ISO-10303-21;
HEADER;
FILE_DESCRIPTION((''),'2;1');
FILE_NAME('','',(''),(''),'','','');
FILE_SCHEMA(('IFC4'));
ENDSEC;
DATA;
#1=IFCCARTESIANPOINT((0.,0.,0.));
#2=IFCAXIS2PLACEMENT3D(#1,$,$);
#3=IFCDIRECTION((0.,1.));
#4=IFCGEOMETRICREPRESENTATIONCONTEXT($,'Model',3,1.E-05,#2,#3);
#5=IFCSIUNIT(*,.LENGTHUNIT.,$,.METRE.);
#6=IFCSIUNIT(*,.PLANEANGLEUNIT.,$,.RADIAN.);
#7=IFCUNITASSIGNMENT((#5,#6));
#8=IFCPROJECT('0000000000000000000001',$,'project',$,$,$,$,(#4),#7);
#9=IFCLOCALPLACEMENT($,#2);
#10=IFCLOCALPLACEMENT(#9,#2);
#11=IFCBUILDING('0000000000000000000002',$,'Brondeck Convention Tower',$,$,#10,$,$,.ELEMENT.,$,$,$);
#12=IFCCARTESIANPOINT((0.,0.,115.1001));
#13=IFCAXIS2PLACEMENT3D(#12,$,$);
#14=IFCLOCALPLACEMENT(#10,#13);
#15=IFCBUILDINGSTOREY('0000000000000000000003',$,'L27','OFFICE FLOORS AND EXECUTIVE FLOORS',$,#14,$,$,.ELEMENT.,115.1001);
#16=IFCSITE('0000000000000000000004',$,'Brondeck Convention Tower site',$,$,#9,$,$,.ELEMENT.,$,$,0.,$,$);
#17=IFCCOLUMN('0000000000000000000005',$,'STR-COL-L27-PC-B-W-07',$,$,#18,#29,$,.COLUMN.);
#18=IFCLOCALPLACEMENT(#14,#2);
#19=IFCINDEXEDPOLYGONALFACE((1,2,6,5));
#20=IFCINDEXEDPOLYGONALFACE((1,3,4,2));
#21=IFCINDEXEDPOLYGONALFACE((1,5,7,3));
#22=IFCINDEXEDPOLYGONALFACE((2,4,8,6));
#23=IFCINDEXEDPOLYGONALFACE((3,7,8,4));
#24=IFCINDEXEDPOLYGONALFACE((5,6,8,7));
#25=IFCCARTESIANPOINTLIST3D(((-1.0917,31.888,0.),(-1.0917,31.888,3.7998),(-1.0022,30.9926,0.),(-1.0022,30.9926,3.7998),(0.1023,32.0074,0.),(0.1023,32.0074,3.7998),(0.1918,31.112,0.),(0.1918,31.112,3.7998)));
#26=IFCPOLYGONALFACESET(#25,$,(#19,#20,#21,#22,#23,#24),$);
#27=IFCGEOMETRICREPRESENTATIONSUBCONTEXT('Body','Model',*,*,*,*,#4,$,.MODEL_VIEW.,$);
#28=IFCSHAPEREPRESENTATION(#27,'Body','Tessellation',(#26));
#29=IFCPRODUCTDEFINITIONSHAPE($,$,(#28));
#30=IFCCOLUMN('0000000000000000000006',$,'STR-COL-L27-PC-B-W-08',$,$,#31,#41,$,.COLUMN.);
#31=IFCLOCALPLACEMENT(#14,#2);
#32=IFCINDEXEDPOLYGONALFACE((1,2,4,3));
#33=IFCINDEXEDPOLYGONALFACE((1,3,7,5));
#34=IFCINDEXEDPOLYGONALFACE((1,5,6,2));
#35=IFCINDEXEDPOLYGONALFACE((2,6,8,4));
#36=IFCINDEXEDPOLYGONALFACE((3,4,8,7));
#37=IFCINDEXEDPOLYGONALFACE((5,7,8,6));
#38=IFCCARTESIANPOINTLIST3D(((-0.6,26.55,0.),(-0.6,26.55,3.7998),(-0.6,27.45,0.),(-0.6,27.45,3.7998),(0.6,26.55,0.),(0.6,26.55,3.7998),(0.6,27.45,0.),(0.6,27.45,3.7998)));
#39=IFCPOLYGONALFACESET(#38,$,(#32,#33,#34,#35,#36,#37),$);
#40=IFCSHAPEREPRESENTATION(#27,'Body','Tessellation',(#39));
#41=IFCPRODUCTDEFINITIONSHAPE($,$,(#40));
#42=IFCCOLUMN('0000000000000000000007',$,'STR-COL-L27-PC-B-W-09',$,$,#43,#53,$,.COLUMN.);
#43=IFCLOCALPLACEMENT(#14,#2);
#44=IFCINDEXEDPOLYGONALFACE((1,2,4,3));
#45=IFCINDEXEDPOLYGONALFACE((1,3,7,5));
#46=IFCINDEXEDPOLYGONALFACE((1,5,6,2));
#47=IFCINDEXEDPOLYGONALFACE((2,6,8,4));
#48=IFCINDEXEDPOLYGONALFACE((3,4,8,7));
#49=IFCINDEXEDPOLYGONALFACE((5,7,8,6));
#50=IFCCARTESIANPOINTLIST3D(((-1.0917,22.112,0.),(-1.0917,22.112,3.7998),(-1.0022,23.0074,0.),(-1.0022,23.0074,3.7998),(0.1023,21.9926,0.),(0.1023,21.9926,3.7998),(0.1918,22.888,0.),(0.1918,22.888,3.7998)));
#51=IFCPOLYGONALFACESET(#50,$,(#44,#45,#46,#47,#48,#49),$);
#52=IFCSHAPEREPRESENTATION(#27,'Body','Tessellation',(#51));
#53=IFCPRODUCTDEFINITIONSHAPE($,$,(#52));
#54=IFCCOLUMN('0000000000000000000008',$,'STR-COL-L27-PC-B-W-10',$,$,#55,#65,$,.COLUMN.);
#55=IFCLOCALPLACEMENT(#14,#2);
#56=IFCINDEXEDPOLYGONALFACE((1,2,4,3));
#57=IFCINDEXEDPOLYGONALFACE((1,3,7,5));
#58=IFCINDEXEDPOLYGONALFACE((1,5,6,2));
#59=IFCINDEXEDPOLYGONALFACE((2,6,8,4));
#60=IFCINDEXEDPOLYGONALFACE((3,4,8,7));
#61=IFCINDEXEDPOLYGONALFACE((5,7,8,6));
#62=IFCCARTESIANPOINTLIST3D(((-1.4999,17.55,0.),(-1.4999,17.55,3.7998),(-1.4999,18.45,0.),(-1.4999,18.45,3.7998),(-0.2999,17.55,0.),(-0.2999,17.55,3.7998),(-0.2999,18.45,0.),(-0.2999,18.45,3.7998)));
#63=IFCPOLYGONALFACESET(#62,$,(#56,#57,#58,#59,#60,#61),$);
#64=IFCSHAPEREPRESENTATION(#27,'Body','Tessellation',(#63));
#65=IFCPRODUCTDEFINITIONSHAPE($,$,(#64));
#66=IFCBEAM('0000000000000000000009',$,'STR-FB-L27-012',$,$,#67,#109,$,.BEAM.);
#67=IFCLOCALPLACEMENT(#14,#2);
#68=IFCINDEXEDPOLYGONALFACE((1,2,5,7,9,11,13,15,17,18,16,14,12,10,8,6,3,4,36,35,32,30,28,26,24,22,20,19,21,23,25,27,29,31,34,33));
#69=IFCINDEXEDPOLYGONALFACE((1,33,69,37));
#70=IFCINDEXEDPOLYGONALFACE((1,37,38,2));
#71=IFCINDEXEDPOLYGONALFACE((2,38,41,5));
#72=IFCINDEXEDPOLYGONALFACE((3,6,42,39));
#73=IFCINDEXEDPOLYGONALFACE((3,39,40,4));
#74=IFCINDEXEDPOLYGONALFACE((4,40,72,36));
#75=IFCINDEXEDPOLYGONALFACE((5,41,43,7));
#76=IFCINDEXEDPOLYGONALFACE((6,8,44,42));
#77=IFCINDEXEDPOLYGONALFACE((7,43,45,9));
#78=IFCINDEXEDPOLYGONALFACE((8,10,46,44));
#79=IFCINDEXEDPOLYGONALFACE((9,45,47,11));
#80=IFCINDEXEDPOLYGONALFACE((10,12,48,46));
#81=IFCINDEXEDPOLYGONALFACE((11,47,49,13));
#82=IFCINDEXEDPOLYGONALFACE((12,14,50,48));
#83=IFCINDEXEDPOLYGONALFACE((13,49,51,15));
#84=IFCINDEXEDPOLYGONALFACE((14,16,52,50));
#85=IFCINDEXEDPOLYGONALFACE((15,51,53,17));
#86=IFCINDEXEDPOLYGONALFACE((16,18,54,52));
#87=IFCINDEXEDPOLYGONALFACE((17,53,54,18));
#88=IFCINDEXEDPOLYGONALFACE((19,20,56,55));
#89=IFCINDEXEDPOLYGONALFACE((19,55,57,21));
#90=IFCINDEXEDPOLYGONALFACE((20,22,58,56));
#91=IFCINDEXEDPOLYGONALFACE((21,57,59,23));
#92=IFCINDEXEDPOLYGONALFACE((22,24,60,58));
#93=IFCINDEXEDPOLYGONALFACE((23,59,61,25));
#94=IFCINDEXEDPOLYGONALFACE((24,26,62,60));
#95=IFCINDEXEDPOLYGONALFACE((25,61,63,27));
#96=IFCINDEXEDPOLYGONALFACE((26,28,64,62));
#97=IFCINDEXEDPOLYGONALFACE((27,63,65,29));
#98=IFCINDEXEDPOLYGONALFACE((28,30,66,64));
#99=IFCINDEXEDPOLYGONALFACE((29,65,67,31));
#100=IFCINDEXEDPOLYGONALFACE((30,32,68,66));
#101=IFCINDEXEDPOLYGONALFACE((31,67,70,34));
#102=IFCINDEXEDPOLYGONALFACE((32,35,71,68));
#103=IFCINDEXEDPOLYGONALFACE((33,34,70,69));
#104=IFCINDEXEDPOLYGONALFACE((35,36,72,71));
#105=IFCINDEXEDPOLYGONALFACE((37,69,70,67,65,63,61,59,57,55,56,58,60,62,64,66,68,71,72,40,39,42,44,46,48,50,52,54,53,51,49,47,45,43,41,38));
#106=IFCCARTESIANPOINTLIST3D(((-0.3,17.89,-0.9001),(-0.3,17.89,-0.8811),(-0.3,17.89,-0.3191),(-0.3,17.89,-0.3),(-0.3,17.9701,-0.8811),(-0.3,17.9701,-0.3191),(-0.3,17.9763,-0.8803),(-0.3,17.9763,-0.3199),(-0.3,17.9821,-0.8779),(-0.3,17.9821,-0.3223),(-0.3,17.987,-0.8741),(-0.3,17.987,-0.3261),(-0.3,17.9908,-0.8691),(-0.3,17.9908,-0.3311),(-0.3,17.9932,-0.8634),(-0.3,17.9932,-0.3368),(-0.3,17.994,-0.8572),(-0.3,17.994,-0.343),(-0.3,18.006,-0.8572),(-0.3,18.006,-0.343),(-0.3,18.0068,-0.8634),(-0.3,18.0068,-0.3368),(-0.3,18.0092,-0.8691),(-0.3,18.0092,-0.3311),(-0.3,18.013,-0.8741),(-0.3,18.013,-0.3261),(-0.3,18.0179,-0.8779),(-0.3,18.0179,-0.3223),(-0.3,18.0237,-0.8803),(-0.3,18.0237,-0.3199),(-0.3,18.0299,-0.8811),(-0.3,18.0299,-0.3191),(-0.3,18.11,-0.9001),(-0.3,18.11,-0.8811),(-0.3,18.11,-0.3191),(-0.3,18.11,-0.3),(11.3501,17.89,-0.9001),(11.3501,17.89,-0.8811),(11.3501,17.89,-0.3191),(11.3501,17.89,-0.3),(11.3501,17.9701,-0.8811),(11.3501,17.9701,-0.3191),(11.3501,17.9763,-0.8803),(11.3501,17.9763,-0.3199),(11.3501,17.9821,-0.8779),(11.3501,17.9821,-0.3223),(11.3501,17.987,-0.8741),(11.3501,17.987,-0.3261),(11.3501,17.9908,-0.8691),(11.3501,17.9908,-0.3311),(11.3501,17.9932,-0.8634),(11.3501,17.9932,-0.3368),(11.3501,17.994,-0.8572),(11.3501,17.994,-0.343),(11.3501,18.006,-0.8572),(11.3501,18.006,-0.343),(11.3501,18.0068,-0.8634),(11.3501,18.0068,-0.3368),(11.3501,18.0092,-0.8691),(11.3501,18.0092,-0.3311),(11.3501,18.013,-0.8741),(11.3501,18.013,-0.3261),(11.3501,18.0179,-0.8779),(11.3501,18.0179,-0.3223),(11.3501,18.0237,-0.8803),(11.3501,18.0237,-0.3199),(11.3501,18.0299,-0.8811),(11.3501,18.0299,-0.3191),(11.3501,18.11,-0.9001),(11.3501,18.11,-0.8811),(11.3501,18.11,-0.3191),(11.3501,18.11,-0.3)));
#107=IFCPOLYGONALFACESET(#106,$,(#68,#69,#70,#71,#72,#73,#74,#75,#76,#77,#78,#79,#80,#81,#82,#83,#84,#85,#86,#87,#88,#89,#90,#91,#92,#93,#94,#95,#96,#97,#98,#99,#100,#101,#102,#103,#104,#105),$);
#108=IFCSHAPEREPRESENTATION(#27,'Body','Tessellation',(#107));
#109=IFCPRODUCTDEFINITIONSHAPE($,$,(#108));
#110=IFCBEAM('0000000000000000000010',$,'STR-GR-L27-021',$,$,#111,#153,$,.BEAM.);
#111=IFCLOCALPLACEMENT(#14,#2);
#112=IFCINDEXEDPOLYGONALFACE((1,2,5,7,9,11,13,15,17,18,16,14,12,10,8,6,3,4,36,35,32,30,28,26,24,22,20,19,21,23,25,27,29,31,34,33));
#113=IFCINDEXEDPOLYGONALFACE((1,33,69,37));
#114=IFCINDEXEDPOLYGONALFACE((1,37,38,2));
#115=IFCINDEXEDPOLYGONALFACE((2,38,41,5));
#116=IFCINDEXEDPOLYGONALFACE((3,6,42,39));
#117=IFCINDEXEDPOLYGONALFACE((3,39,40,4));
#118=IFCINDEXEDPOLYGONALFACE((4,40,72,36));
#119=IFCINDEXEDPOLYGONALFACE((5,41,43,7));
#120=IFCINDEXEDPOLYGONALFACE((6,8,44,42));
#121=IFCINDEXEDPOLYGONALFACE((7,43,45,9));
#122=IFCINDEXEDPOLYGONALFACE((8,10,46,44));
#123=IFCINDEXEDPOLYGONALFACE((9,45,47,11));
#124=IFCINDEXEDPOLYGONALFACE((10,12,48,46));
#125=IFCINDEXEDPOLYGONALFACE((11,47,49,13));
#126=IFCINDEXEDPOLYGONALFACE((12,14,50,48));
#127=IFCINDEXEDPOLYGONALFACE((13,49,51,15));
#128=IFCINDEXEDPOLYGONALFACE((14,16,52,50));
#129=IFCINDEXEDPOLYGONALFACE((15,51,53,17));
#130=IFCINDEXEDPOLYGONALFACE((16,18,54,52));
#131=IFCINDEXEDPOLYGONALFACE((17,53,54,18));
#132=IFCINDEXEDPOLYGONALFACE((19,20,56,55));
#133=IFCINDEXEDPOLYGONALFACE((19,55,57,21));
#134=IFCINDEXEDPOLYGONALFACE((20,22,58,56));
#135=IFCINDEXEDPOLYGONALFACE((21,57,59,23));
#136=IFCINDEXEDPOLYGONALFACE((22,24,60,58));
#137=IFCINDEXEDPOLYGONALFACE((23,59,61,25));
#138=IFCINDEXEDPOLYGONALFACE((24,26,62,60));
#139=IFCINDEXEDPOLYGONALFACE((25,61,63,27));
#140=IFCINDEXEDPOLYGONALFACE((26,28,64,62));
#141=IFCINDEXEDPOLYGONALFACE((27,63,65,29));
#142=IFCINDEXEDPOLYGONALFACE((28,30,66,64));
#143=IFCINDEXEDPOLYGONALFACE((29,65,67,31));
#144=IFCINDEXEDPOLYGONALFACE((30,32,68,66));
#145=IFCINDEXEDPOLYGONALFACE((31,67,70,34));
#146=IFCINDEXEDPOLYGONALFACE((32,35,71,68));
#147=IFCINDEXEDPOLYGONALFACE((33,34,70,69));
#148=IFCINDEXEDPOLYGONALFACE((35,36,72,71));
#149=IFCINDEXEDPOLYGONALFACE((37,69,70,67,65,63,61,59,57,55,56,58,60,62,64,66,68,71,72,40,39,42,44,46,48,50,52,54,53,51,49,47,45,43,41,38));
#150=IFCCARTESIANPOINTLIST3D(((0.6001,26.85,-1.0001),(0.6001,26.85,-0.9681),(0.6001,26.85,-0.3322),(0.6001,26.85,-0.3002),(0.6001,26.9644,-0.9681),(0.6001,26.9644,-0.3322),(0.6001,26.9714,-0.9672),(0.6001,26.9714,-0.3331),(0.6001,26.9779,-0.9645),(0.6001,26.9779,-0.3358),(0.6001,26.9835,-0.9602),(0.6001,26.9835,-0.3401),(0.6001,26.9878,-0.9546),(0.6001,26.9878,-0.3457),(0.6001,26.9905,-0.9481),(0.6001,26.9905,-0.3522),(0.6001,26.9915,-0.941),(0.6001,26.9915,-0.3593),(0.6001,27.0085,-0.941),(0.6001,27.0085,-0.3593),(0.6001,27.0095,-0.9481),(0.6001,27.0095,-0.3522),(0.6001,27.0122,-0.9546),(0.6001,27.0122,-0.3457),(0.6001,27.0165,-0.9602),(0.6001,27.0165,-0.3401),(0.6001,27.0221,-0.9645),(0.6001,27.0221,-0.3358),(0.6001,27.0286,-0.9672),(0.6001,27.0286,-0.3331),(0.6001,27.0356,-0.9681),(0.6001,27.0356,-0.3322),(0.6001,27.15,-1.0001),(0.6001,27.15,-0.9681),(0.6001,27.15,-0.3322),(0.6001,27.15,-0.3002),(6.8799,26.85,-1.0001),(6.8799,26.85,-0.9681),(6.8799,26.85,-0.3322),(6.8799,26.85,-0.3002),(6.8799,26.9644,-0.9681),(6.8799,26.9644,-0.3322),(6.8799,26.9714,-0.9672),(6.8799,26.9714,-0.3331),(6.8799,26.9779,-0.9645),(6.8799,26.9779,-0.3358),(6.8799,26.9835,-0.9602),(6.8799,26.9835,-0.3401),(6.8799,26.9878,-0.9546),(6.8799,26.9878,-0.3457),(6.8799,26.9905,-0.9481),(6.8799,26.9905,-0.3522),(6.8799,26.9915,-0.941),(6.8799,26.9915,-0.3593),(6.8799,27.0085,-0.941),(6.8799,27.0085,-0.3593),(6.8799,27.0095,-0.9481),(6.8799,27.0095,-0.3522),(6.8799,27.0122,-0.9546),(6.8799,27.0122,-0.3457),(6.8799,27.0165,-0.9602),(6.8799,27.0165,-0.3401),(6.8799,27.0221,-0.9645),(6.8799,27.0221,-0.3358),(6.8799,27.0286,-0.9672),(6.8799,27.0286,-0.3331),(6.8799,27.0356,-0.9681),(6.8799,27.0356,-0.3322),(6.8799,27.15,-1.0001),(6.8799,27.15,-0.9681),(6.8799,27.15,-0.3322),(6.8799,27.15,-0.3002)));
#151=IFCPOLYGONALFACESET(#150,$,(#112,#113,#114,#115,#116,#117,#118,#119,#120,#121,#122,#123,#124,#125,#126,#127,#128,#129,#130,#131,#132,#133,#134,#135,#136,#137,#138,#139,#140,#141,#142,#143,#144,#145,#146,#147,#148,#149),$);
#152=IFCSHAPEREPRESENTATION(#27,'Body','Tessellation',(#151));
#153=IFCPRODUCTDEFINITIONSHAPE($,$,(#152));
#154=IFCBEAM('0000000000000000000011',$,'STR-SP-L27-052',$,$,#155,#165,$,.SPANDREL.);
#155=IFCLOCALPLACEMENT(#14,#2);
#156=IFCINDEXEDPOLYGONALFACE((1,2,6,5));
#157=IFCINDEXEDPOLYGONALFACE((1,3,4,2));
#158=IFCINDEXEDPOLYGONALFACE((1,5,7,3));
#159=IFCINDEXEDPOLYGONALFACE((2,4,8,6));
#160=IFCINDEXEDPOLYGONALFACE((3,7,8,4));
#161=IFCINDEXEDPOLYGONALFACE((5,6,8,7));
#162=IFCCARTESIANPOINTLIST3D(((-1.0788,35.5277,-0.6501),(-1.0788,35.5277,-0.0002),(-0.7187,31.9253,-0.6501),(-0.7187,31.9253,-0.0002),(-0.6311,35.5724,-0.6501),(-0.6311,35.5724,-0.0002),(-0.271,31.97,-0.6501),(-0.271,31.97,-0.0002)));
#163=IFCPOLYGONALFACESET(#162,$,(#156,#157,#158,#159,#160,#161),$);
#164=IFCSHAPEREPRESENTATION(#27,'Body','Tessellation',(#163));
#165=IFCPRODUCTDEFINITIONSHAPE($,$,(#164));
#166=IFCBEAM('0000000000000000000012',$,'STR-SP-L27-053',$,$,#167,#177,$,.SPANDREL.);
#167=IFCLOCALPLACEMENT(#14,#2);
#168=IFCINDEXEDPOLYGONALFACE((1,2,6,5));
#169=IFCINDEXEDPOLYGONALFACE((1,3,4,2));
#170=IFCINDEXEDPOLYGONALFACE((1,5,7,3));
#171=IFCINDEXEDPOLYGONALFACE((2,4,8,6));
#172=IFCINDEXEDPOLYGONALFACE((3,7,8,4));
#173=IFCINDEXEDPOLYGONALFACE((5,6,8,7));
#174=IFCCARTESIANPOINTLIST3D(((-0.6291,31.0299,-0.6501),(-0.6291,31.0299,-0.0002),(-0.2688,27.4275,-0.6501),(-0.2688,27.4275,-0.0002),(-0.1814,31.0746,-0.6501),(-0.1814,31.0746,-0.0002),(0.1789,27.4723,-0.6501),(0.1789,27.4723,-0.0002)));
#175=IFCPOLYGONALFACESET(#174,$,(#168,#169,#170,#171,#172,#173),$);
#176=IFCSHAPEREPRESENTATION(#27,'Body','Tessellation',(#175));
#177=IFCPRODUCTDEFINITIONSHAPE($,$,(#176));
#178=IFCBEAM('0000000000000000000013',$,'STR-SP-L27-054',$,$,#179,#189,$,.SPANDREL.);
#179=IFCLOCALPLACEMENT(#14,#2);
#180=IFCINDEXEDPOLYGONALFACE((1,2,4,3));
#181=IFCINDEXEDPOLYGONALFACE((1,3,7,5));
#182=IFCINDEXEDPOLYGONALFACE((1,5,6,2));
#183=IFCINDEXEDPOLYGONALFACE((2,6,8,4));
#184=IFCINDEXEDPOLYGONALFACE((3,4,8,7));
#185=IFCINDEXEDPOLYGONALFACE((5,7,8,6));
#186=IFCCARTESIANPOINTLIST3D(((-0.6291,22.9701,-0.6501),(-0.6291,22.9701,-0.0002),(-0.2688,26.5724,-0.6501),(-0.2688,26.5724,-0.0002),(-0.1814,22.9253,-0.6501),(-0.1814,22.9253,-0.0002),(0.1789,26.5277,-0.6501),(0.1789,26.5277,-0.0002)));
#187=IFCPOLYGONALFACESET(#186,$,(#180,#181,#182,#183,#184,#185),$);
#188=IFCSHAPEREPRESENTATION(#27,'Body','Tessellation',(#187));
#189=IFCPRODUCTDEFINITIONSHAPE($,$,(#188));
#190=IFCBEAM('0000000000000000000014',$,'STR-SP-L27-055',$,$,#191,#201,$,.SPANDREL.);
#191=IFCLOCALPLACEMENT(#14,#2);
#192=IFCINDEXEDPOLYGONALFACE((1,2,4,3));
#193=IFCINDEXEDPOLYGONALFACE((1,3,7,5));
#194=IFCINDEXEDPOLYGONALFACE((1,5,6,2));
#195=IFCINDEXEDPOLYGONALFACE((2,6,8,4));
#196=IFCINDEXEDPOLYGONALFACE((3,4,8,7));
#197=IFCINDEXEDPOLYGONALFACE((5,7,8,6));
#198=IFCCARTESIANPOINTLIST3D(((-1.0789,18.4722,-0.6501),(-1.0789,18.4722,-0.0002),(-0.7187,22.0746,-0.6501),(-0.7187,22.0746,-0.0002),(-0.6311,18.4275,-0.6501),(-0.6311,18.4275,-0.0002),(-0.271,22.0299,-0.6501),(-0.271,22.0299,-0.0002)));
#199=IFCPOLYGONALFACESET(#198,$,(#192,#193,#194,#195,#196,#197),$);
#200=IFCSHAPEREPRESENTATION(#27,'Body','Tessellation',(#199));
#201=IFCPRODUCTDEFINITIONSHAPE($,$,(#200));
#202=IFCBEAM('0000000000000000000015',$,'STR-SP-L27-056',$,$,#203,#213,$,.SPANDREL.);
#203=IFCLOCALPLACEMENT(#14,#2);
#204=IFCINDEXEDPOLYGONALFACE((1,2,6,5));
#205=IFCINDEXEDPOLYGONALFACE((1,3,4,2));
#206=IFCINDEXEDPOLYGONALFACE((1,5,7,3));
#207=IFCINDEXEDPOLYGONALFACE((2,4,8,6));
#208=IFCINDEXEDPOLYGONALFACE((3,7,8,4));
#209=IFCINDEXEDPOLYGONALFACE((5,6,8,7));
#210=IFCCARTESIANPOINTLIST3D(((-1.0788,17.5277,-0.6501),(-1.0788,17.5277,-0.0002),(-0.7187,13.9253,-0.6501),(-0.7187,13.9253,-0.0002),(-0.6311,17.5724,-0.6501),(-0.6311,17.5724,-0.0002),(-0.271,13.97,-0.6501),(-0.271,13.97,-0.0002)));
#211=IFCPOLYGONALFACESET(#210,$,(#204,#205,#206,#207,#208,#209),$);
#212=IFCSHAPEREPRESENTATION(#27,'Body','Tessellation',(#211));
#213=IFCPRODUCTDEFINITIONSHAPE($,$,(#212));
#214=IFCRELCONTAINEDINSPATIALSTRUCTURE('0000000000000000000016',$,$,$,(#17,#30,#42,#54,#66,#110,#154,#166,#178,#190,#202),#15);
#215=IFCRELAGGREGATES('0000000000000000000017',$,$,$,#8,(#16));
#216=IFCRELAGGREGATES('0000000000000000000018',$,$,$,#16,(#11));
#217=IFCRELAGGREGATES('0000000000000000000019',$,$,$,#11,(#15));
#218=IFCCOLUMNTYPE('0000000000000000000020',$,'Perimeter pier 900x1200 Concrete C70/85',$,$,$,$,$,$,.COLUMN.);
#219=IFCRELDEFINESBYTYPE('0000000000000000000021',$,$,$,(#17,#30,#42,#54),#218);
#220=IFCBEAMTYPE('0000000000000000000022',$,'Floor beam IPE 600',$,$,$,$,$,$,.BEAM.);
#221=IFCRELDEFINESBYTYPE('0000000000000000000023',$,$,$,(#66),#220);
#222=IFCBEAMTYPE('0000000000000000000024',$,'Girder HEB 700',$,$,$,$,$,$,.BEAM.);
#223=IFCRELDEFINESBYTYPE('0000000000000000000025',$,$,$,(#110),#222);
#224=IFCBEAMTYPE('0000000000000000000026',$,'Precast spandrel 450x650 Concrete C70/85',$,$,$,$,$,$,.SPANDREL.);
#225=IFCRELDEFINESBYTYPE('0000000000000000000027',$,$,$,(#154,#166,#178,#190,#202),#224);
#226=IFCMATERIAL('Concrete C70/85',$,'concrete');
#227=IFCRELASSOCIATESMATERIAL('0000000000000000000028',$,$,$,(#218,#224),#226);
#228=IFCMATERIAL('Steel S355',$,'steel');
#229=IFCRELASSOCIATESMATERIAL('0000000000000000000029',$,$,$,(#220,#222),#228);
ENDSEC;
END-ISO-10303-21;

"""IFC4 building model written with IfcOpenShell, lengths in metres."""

from ifc_helpers import new_model, si_unit, direction, frame, origin, origin_2d, place, context, subcontext, project, spatial, rectangle, i_section, extrude, material, material_profile, profile_set, type_object, element, save


model = new_model("IFC4")

# Units and contexts
model_context = context("Model", 3, precision=1e-05, world=origin(), true_north=direction((0.0, 1.0)))
body_context = subcontext(model_context, "Body", "Model", "MODEL_VIEW")
ifc_project = project(units=[si_unit("LENGTHUNIT", "METRE"), si_unit("PLANEANGLEUNIT", "RADIAN")], contexts=[model_context])

# Site, building, storey
site_placement = place(None, origin())
site = spatial("IfcSite", under=ifc_project, at=site_placement, Name="Brondeck Convention Tower site", CompositionType="ELEMENT", RefElevation=0.0)
building_placement = place(site_placement, origin())
building = spatial("IfcBuilding", under=site, at=building_placement, Name="Brondeck Convention Tower", CompositionType="ELEMENT")
storey_placement = place(building_placement, frame((0.0, 0.0, 115.1001)))
storey = spatial("IfcBuildingStorey", under=building, at=storey_placement, Name="L27", Description="OFFICE FLOORS AND EXECUTIVE FLOORS", CompositionType="ELEMENT", Elevation=115.1001)

# Columns
ifc_material_1 = material(Name="Concrete C70/85", Category="concrete")
ifc_material_profile_1 = material_profile(ifc_material_1, rectangle(XDim=0.8999, YDim=1.2, at=origin_2d()), Name="Perimeter pier 900x1200 Concrete C70/85")
ifc_profile_set_1 = profile_set([ifc_material_profile_1], Name="Concrete C70/85")
column_type = type_object("IfcColumnType", Name="Perimeter pier 900x1200 Concrete C70/85", PredefinedType="COLUMN", material=ifc_profile_set_1)
for number, where, z_axis, x_axis, name in (
    (1, (-0.45, 31.5, 0.0), (0.0, 0.0, 1.0), (0.099504, -0.995037, 0.0), "STR-COL-L27-PC-B-W-07"),
    (2, (0.0, 27.0, 0.0), (0.0, 0.0, 1.0), (0.0, -1.0, 0.0), "STR-COL-L27-PC-B-W-08"),
    (3, (-0.45, 22.5, 0.0), (0.0, 0.0, 1.0), (-0.099504, -0.995037, 0.0), "STR-COL-L27-PC-B-W-09"),
    (4, (-0.8999, 18.0, 0.0), (0.0, 0.0, 1.0), (0.0, -1.0, 0.0), "STR-COL-L27-PC-B-W-10"),
):
    element("IfcColumn", number, at=place(storey_placement, frame(where, z_axis=z_axis, x_axis=x_axis)), inside=storey, type_object=column_type, Name=name, PredefinedType="COLUMN", context=body_context, shape_type="SweptSolid", body=[
        extrude(rectangle(XDim=0.8999, YDim=1.2, at=origin_2d()), origin(), (0.0, 0.0, 1.0), 3.7998),
    ])

# Beams
ifc_material_2 = material(Name="Steel S355", Category="steel")
ifc_material_profile_2 = material_profile(ifc_material_2, i_section(OverallWidth=0.22, OverallDepth=0.6001, WebThickness=0.012, FlangeThickness=0.019, FilletRadius=0.0239, at=origin_2d()), Name="IPE 600")
ifc_profile_set_2 = profile_set([ifc_material_profile_2], Name="Steel S355")
beam_type_1 = type_object("IfcBeamType", Name="Floor beam IPE 600", PredefinedType="BEAM", material=ifc_profile_set_2)
beam_1_placement = place(storey_placement, frame((-0.3, 18.0, -0.6001), z_axis=(1.0, 0.0, 0.0), x_axis=(0.0, 1.0, 0.0)))
element("IfcBeam", 5, at=beam_1_placement, inside=storey, type_object=beam_type_1, Name="STR-FB-L27-012", PredefinedType="BEAM", context=body_context, shape_type="SweptSolid", body=[
    extrude(i_section(OverallWidth=0.22, OverallDepth=0.6001, WebThickness=0.012, FlangeThickness=0.019, FilletRadius=0.0239, at=origin_2d()), origin(), (0.0, 0.0, 1.0), 11.6501),
])
ifc_material_profile_3 = material_profile(ifc_material_2, i_section(OverallWidth=0.3, OverallDepth=0.7, WebThickness=0.0171, FlangeThickness=0.032, FilletRadius=0.0271, at=origin_2d()), Name="HEB 700")
ifc_profile_set_3 = profile_set([ifc_material_profile_3], Name="Steel S355")
beam_type_2 = type_object("IfcBeamType", Name="Girder HEB 700", PredefinedType="BEAM", material=ifc_profile_set_3)
beam_2_placement = place(storey_placement, frame((0.6001, 27.0, -0.6501), z_axis=(1.0, 0.0, 0.0), x_axis=(0.0, 1.0, 0.0)))
element("IfcBeam", 6, at=beam_2_placement, inside=storey, type_object=beam_type_2, Name="STR-GR-L27-021", PredefinedType="BEAM", context=body_context, shape_type="SweptSolid", body=[
    extrude(i_section(OverallWidth=0.3, OverallDepth=0.7, WebThickness=0.0171, FlangeThickness=0.032, FilletRadius=0.0271, at=origin_2d()), origin(), (0.0, 0.0, 1.0), 6.2798),
])
ifc_material_profile_4 = material_profile(ifc_material_1, rectangle(XDim=0.45, YDim=0.6499, at=origin_2d()), Name="Precast spandrel 450x650 Concrete C70/85")
ifc_profile_set_4 = profile_set([ifc_material_profile_4], Name="Concrete C70/85")
beam_type_3 = type_object("IfcBeamType", Name="Precast spandrel 450x650 Concrete C70/85", PredefinedType="SPANDREL", material=ifc_profile_set_4)
for number, where, z_axis, x_axis, name in (
    (7, (-0.855, 35.55, -0.3252), (0.09947, -0.995041, 0.0), (0.995041, 0.09947, 0.0), "STR-SP-L27-052"),
    (8, (-0.4053, 31.0522, -0.3252), (0.099537, -0.995034, 0.0), (0.995034, 0.099537, 0.0), "STR-SP-L27-053"),
    (9, (-0.0449, 26.55, -0.3252), (-0.099537, -0.995034, 0.0), (0.995034, -0.099537, 0.0), "STR-SP-L27-054"),
    (10, (-0.4949, 22.0522, -0.3252), (-0.09947, -0.995041, 0.0), (0.995041, -0.09947, 0.0), "STR-SP-L27-055"),
    (11, (-0.855, 17.55, -0.3252), (0.09947, -0.995041, 0.0), (0.995041, 0.09947, 0.0), "STR-SP-L27-056"),
):
    element("IfcBeam", number, at=place(storey_placement, frame(where, z_axis=z_axis, x_axis=x_axis)), inside=storey, type_object=beam_type_3, Name=name, PredefinedType="SPANDREL", context=body_context, shape_type="SweptSolid", body=[
        extrude(rectangle(XDim=0.45, YDim=0.6499, at=origin_2d()), origin(), (0.0, 0.0, 1.0), 3.6204),
    ])

save(model, "model.ifc")
